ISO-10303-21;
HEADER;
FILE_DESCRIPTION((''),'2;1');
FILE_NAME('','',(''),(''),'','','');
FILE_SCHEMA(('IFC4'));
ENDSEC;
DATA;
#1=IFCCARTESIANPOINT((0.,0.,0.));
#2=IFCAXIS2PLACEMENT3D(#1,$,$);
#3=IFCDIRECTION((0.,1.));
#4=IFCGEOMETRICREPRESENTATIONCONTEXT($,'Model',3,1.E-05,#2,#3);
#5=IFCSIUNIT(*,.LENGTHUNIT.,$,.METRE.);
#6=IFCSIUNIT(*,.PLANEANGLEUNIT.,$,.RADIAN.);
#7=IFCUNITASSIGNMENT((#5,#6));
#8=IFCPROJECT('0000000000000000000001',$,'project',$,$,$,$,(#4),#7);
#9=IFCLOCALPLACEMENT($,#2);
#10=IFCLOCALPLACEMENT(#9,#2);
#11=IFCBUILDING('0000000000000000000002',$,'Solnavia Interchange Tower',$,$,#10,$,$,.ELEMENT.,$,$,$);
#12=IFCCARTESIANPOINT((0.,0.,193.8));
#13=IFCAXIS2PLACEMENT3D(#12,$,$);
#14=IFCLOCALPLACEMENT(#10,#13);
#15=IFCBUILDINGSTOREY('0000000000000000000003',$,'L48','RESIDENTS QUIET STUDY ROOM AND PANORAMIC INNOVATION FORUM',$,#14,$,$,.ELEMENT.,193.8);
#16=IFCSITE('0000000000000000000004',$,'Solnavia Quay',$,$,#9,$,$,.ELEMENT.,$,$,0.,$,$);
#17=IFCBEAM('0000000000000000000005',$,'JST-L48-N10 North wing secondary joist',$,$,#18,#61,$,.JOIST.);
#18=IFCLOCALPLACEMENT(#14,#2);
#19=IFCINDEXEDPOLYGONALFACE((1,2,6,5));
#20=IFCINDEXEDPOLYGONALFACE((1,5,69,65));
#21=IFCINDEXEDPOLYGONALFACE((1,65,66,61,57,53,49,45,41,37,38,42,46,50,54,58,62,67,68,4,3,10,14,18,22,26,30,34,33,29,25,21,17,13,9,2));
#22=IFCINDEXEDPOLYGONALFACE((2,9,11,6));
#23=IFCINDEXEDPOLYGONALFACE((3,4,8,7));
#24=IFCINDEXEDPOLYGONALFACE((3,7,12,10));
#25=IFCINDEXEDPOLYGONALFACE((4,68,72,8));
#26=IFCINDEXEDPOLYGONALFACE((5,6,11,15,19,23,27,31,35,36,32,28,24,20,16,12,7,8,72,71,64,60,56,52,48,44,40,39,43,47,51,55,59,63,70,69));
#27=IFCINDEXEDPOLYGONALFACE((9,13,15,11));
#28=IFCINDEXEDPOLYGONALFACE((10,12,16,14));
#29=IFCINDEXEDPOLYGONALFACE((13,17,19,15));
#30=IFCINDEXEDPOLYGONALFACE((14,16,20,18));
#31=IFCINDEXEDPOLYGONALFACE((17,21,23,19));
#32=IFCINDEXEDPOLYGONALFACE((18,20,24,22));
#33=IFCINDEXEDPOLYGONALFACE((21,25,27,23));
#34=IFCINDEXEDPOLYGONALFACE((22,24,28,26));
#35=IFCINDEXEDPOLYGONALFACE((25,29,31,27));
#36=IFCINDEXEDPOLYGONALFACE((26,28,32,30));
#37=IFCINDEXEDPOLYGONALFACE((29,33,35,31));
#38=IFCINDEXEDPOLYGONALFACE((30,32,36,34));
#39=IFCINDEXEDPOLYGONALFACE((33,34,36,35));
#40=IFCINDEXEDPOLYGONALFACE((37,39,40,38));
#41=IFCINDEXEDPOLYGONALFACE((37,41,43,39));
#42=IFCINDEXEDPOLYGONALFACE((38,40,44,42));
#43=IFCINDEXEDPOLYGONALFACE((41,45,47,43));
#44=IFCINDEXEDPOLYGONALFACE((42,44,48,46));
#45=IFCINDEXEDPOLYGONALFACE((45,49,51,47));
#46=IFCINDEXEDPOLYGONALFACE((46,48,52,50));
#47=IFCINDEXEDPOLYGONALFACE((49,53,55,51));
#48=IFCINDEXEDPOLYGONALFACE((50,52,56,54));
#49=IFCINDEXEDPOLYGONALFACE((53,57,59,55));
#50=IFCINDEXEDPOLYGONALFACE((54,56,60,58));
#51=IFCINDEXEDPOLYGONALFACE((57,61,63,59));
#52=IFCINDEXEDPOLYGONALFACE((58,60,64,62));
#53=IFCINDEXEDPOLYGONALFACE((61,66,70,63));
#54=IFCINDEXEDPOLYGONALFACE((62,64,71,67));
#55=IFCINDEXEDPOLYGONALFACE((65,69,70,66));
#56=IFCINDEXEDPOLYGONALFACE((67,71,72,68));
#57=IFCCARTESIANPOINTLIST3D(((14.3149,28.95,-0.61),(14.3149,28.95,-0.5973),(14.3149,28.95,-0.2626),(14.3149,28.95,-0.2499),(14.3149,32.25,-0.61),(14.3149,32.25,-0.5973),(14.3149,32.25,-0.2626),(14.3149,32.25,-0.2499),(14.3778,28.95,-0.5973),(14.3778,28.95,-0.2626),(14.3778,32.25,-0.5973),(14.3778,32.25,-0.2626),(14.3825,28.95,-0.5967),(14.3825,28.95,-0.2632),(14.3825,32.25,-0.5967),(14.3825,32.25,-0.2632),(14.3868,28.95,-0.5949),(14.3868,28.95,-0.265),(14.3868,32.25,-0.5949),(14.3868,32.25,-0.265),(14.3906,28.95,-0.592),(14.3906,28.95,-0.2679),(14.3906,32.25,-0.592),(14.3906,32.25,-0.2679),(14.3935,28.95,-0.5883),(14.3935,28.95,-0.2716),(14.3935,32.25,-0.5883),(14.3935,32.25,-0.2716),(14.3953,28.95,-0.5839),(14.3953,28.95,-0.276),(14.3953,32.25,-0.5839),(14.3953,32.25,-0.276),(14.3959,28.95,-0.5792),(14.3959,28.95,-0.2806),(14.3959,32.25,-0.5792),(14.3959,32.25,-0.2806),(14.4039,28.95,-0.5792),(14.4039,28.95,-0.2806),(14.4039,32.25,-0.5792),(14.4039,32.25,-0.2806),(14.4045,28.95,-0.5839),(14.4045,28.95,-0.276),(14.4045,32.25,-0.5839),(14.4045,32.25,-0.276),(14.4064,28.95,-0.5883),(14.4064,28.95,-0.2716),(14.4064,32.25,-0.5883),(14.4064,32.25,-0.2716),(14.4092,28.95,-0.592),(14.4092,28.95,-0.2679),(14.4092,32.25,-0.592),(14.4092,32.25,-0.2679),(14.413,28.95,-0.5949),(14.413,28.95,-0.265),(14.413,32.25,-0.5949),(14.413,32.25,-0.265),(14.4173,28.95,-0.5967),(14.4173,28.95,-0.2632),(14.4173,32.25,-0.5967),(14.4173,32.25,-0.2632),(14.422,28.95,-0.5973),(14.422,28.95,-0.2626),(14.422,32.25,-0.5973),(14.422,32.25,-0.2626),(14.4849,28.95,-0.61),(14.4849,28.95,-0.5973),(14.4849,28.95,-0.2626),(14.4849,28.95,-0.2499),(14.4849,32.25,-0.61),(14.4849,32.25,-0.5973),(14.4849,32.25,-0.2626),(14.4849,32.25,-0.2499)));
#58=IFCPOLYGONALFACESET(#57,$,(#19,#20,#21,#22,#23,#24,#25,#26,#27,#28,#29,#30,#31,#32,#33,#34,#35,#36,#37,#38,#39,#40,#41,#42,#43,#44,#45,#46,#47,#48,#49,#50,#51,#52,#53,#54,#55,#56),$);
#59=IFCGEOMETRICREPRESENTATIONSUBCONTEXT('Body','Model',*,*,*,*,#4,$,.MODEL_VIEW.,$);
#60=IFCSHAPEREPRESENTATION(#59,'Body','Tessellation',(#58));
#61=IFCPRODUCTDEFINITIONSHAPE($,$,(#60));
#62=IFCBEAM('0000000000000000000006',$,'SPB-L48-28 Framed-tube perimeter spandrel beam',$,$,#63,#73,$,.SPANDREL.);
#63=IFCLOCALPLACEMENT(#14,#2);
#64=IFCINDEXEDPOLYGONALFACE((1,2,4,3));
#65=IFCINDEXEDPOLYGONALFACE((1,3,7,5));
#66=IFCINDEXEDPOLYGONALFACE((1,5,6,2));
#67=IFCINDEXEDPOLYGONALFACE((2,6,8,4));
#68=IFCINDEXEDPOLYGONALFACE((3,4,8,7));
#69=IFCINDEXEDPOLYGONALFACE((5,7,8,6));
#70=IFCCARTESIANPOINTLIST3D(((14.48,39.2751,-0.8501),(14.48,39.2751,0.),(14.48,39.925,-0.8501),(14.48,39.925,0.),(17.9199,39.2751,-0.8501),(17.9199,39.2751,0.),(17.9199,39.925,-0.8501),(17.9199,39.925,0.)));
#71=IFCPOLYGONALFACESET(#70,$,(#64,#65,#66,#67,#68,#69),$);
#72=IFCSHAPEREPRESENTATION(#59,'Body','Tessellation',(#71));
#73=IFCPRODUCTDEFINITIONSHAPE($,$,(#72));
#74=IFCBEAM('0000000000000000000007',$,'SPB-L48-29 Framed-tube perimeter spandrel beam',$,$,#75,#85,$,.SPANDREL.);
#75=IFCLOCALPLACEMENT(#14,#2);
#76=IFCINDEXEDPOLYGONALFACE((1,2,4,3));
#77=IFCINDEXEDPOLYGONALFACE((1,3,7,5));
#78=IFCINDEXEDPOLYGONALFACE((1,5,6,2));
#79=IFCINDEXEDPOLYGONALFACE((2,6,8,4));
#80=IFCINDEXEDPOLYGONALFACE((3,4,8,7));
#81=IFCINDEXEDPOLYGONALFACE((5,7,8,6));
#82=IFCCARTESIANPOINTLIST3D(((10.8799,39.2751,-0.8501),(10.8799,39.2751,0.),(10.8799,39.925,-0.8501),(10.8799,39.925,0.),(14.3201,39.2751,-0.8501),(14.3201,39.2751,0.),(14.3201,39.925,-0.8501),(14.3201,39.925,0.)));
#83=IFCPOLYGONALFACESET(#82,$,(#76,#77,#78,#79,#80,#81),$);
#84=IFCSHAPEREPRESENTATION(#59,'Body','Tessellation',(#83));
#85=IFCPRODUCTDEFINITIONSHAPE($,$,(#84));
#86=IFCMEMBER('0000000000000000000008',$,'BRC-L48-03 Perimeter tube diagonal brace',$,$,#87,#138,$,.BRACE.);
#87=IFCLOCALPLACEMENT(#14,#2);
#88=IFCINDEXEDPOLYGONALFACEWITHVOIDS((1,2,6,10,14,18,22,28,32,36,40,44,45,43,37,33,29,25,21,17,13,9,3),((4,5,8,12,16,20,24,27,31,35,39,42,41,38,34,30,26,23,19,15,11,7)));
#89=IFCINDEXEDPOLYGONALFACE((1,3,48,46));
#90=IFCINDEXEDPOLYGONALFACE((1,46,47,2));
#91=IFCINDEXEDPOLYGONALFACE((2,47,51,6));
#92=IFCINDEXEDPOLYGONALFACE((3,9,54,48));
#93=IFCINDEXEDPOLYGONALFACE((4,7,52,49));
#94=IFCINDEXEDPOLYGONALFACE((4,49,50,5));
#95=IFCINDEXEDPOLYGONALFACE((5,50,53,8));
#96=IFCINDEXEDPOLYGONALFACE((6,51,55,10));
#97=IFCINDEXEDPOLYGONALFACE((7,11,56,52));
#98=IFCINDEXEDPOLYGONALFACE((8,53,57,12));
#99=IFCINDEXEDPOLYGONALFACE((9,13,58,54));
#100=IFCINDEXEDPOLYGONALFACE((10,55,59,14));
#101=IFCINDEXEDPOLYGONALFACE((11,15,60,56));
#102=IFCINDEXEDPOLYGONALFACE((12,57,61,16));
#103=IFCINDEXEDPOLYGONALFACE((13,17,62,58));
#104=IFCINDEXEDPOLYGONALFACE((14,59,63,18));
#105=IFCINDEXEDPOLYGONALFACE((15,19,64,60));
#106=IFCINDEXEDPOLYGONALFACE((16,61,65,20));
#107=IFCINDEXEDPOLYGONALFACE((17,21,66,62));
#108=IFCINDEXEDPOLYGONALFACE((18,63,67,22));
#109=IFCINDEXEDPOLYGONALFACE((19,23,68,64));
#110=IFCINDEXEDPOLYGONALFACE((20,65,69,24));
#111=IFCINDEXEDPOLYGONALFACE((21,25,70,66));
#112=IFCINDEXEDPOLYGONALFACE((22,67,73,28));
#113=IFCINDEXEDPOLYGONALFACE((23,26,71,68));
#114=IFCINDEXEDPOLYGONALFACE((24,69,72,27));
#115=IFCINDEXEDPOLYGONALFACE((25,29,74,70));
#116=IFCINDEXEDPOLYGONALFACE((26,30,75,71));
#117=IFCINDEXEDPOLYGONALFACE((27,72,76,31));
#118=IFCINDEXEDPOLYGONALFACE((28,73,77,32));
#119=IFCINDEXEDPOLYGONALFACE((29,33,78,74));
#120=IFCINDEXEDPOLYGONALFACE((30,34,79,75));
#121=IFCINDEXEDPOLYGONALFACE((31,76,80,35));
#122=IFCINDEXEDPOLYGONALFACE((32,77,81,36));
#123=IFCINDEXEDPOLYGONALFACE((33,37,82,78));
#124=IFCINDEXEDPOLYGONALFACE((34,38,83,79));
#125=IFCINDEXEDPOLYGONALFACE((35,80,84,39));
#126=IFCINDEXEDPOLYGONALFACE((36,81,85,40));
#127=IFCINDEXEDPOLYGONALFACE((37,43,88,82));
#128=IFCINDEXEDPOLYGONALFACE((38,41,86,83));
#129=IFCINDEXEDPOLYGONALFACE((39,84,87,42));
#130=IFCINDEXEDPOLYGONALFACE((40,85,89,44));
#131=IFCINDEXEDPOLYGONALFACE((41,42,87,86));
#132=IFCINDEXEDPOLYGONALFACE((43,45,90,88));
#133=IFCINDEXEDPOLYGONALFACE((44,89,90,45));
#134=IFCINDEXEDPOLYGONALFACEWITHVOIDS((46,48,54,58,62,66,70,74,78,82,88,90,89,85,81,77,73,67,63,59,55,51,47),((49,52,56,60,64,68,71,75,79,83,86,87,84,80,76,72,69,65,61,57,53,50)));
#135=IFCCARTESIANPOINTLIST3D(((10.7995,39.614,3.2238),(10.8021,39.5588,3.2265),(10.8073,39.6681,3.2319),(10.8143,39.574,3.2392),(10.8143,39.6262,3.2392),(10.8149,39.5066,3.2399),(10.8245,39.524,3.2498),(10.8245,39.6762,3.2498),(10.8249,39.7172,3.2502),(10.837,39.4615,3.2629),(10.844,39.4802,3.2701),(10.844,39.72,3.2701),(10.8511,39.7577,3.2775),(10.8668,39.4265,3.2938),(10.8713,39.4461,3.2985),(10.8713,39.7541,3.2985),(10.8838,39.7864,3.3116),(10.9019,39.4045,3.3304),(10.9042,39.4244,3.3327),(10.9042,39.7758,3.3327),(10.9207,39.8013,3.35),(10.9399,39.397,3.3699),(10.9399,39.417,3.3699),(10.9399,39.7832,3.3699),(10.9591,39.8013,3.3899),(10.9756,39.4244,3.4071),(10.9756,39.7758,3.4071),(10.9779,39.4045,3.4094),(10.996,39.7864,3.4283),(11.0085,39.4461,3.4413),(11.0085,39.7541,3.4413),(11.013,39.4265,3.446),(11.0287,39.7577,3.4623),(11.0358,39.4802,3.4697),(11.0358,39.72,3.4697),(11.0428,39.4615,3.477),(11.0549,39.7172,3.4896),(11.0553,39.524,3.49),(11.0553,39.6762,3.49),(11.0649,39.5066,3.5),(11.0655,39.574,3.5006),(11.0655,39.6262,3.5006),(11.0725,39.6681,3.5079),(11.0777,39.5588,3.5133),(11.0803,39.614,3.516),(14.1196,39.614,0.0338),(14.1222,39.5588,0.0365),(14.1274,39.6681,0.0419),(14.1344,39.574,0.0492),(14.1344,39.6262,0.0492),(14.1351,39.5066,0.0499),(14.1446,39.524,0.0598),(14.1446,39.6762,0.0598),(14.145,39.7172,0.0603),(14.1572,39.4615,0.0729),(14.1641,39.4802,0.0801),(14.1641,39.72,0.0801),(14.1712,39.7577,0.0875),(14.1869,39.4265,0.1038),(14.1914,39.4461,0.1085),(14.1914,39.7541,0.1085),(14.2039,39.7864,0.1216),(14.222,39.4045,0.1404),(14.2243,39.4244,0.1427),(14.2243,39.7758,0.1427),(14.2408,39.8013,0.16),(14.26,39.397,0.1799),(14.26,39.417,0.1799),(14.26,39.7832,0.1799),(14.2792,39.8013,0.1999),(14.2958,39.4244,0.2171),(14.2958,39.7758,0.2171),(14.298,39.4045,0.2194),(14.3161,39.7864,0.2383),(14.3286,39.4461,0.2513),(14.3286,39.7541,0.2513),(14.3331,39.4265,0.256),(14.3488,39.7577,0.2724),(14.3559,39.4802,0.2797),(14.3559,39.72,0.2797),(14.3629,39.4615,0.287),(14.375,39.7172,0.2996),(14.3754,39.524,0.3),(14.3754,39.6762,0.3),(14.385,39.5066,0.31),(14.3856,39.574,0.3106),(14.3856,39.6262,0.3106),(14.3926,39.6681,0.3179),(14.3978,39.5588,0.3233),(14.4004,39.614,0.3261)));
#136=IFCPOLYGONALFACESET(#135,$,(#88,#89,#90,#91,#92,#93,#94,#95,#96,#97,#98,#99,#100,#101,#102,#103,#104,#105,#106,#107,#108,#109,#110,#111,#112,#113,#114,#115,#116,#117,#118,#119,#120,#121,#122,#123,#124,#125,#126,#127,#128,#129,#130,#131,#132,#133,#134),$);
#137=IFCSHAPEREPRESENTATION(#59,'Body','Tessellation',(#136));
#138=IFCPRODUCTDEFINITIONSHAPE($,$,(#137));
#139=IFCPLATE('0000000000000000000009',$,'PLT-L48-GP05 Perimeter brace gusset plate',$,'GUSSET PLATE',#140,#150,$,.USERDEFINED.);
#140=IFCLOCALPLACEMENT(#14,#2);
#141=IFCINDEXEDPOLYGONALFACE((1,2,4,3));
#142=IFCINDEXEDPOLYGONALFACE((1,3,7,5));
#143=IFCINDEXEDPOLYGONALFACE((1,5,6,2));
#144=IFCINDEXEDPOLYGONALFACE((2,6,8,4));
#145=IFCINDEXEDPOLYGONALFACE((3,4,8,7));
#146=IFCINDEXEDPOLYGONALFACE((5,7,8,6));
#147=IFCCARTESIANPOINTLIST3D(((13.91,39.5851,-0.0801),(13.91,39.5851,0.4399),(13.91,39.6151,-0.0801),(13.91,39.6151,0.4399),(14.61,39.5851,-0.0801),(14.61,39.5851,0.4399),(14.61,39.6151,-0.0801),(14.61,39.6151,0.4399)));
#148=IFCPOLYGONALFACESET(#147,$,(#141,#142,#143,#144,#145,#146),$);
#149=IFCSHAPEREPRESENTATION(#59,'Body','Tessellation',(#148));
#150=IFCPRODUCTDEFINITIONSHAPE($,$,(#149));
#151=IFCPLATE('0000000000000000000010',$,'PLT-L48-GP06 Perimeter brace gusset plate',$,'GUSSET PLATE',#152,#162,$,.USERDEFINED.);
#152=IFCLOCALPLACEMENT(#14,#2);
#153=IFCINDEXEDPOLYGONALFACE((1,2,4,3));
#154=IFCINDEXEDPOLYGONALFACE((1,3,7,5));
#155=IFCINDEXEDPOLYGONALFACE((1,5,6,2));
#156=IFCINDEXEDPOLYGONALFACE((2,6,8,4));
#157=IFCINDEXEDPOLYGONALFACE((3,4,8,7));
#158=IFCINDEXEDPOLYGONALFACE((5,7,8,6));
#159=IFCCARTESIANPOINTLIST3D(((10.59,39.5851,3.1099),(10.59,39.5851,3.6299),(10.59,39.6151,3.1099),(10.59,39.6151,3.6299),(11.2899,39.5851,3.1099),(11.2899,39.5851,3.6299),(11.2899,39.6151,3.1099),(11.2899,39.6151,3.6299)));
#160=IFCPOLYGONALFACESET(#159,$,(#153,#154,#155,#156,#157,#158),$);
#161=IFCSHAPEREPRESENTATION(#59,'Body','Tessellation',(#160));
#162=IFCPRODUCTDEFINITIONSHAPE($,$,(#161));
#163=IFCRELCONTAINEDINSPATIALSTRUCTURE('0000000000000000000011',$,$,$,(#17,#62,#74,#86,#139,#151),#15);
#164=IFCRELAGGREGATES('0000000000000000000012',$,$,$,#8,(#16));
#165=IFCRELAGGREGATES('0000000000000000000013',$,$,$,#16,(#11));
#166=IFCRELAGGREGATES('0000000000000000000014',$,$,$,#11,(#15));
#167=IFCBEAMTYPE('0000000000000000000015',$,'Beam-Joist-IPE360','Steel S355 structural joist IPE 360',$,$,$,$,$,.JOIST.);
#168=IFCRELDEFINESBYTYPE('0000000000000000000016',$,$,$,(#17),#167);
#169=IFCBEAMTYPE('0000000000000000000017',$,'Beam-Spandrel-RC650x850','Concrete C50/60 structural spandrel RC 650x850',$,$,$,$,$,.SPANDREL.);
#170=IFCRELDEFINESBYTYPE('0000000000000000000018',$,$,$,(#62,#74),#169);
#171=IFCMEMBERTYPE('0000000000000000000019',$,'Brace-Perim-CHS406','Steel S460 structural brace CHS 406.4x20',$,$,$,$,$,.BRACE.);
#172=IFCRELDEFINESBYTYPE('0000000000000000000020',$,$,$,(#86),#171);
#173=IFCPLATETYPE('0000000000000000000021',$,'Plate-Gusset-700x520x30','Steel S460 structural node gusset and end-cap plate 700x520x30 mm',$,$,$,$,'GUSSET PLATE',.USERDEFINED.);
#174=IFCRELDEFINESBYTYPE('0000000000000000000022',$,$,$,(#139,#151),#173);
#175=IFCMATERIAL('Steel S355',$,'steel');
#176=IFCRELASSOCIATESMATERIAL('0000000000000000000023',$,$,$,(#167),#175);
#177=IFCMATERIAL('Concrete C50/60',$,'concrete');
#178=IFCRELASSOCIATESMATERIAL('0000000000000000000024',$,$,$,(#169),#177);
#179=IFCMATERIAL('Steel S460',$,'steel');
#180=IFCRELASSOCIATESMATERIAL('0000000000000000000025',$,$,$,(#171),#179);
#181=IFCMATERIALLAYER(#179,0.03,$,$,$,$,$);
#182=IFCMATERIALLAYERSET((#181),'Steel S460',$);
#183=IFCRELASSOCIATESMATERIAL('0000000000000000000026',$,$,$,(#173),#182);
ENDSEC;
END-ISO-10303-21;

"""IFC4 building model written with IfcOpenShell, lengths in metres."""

from ifc_helpers import new_model, si_unit, direction, frame, origin, origin_2d, place, context, subcontext, project, spatial, rectangle, hollow_circle, i_section, extrude, material, layer, layer_set, material_profile, profile_set, type_object, element, save


model = new_model("IFC4")

# Units and contexts
model_context = context("Model", 3, precision=1e-05, world=origin(), true_north=direction((0.0, 1.0)))
body_context = subcontext(model_context, "Body", "Model", "MODEL_VIEW")
ifc_project = project(units=[si_unit("LENGTHUNIT", "METRE"), si_unit("PLANEANGLEUNIT", "RADIAN")], contexts=[model_context])

# Site, building, storey
site_placement = place(None, origin())
site = spatial("IfcSite", under=ifc_project, at=site_placement, Name="Solnavia Quay", CompositionType="ELEMENT", RefElevation=0.0)
building_placement = place(site_placement, origin())
building = spatial("IfcBuilding", under=site, at=building_placement, Name="Solnavia Interchange Tower", CompositionType="ELEMENT")
storey_placement = place(building_placement, frame((0.0, 0.0, 193.8)))
storey = spatial("IfcBuildingStorey", under=building, at=storey_placement, Name="L48", Description="RESIDENTS QUIET STUDY ROOM AND PANORAMIC INNOVATION FORUM", CompositionType="ELEMENT", Elevation=193.8)

# Shared definitions
ifc_material_1 = material(Name="Concrete C50/60", Category="concrete")
ifc_material_2 = material(Name="Steel S355", Category="steel")

# Beams
ifc_material_3 = material(Name="Steel S460", Category="steel")
ifc_material_profile_1 = material_profile(ifc_material_2, i_section(OverallWidth=0.1699, OverallDepth=0.3601, WebThickness=0.0081, FlangeThickness=0.0127, FilletRadius=0.0181, at=origin_2d()), Name="IPE 360")
ifc_profile_set_1 = profile_set([ifc_material_profile_1], Name="Steel S355")
beam_type_1 = type_object("IfcBeamType", Name="Beam-Joist-IPE360", Description="Steel S355 structural joist IPE 360", PredefinedType="JOIST", material=ifc_profile_set_1)
beam_1_placement = place(storey_placement, frame((14.3999, 28.95, -0.4299), z_axis=(0.0, 1.0, 0.0), x_axis=(-1.0, 0.0, 0.0)))
element("IfcBeam", 1, at=beam_1_placement, inside=storey, type_object=beam_type_1, Name="JST-L48-N10 North wing secondary joist", PredefinedType="JOIST", context=body_context, shape_type="SweptSolid", body=[
    extrude(i_section(OverallWidth=0.1699, OverallDepth=0.3601, WebThickness=0.0081, FlangeThickness=0.0127, FilletRadius=0.0181, at=origin_2d()), origin(), (0.0, 0.0, 1.0), 3.3),
])
ifc_material_profile_2 = material_profile(ifc_material_1, rectangle(XDim=0.6499, YDim=0.8501, at=origin_2d()), Name="RC 650x850")
ifc_profile_set_2 = profile_set([ifc_material_profile_2], Name="Concrete C50/60")
beam_type_2 = type_object("IfcBeamType", Name="Beam-Spandrel-RC650x850", Description="Concrete C50/60 structural spandrel RC 650x850", PredefinedType="SPANDREL", material=ifc_profile_set_2)
beam_2_placement = place(storey_placement, frame((17.9199, 39.6001, -0.425), z_axis=(-1.0, 0.0, 0.0), x_axis=(0.0, -1.0, 0.0)))
element("IfcBeam", 2, at=beam_2_placement, inside=storey, type_object=beam_type_2, Name="SPB-L48-28 Framed-tube perimeter spandrel beam", PredefinedType="SPANDREL", context=body_context, shape_type="SweptSolid", body=[
    extrude(rectangle(XDim=0.6499, YDim=0.8501, at=origin_2d()), origin(), (0.0, 0.0, 1.0), 3.4399),
])
beam_3_placement = place(storey_placement, frame((14.3201, 39.6001, -0.425), z_axis=(-1.0, 0.0, 0.0), x_axis=(0.0, -1.0, 0.0)))
element("IfcBeam", 3, at=beam_3_placement, inside=storey, type_object=beam_type_2, Name="SPB-L48-29 Framed-tube perimeter spandrel beam", PredefinedType="SPANDREL", context=body_context, shape_type="SweptSolid", body=[
    extrude(rectangle(XDim=0.6499, YDim=0.8501, at=origin_2d()), origin(), (0.0, 0.0, 1.0), 3.4402),
])

# Member
ifc_material_profile_3 = material_profile(ifc_material_3, hollow_circle(Radius=0.2031, WallThickness=0.02, at=origin_2d()), Name="CHS 406.4x20")
ifc_profile_set_3 = profile_set([ifc_material_profile_3], Name="Steel S460")
member_type = type_object("IfcMemberType", Name="Brace-Perim-CHS406", Description="Steel S460 structural brace CHS 406.4x20", PredefinedType="BRACE", material=ifc_profile_set_3)
member_placement = place(storey_placement, frame((14.26, 39.6001, 0.1799), z_axis=(-0.721097, 0.0, 0.692834), x_axis=(0.0, -1.0, 0.0)))
element("IfcMember", 4, at=member_placement, inside=storey, type_object=member_type, Name="BRC-L48-03 Perimeter tube diagonal brace", PredefinedType="BRACE", context=body_context, shape_type="SweptSolid", body=[
    extrude(hollow_circle(Radius=0.2031, WallThickness=0.02, at=origin_2d()), origin(), (0.0, 0.0, 1.0), 4.6042),
])

# Plates
ifc_layer_1 = layer(ifc_material_3, 0.03)
ifc_layer_set_1 = layer_set([ifc_layer_1], Name="Steel S460")
plate_type = type_object("IfcPlateType", Name="Plate-Gusset-700x520x30", Description="Steel S460 structural node gusset and end-cap plate 700x520x30 mm", ElementType="GUSSET PLATE", PredefinedType="USERDEFINED", material=ifc_layer_set_1)
for number, where, z_axis, x_axis, name in (
    (5, (14.26, 39.6001, -0.0801), (0.0, 0.0, 1.0), (-1.0, 0.0, 0.0), "PLT-L48-GP05 Perimeter brace gusset plate"),
    (6, (10.9399, 39.6001, 3.1099), (0.0, 0.0, 1.0), (-1.0, 0.0, 0.0), "PLT-L48-GP06 Perimeter brace gusset plate"),
):
    element("IfcPlate", number, at=place(storey_placement, frame(where, z_axis=z_axis, x_axis=x_axis)), inside=storey, type_object=plate_type, Name=name, ObjectType="GUSSET PLATE", PredefinedType="USERDEFINED", context=body_context, shape_type="SweptSolid", body=[
        extrude(rectangle(XDim=0.7, YDim=0.03, at=origin_2d()), origin(), (0.0, 0.0, 1.0), 0.52),
    ])

save(model, "model.ifc")
